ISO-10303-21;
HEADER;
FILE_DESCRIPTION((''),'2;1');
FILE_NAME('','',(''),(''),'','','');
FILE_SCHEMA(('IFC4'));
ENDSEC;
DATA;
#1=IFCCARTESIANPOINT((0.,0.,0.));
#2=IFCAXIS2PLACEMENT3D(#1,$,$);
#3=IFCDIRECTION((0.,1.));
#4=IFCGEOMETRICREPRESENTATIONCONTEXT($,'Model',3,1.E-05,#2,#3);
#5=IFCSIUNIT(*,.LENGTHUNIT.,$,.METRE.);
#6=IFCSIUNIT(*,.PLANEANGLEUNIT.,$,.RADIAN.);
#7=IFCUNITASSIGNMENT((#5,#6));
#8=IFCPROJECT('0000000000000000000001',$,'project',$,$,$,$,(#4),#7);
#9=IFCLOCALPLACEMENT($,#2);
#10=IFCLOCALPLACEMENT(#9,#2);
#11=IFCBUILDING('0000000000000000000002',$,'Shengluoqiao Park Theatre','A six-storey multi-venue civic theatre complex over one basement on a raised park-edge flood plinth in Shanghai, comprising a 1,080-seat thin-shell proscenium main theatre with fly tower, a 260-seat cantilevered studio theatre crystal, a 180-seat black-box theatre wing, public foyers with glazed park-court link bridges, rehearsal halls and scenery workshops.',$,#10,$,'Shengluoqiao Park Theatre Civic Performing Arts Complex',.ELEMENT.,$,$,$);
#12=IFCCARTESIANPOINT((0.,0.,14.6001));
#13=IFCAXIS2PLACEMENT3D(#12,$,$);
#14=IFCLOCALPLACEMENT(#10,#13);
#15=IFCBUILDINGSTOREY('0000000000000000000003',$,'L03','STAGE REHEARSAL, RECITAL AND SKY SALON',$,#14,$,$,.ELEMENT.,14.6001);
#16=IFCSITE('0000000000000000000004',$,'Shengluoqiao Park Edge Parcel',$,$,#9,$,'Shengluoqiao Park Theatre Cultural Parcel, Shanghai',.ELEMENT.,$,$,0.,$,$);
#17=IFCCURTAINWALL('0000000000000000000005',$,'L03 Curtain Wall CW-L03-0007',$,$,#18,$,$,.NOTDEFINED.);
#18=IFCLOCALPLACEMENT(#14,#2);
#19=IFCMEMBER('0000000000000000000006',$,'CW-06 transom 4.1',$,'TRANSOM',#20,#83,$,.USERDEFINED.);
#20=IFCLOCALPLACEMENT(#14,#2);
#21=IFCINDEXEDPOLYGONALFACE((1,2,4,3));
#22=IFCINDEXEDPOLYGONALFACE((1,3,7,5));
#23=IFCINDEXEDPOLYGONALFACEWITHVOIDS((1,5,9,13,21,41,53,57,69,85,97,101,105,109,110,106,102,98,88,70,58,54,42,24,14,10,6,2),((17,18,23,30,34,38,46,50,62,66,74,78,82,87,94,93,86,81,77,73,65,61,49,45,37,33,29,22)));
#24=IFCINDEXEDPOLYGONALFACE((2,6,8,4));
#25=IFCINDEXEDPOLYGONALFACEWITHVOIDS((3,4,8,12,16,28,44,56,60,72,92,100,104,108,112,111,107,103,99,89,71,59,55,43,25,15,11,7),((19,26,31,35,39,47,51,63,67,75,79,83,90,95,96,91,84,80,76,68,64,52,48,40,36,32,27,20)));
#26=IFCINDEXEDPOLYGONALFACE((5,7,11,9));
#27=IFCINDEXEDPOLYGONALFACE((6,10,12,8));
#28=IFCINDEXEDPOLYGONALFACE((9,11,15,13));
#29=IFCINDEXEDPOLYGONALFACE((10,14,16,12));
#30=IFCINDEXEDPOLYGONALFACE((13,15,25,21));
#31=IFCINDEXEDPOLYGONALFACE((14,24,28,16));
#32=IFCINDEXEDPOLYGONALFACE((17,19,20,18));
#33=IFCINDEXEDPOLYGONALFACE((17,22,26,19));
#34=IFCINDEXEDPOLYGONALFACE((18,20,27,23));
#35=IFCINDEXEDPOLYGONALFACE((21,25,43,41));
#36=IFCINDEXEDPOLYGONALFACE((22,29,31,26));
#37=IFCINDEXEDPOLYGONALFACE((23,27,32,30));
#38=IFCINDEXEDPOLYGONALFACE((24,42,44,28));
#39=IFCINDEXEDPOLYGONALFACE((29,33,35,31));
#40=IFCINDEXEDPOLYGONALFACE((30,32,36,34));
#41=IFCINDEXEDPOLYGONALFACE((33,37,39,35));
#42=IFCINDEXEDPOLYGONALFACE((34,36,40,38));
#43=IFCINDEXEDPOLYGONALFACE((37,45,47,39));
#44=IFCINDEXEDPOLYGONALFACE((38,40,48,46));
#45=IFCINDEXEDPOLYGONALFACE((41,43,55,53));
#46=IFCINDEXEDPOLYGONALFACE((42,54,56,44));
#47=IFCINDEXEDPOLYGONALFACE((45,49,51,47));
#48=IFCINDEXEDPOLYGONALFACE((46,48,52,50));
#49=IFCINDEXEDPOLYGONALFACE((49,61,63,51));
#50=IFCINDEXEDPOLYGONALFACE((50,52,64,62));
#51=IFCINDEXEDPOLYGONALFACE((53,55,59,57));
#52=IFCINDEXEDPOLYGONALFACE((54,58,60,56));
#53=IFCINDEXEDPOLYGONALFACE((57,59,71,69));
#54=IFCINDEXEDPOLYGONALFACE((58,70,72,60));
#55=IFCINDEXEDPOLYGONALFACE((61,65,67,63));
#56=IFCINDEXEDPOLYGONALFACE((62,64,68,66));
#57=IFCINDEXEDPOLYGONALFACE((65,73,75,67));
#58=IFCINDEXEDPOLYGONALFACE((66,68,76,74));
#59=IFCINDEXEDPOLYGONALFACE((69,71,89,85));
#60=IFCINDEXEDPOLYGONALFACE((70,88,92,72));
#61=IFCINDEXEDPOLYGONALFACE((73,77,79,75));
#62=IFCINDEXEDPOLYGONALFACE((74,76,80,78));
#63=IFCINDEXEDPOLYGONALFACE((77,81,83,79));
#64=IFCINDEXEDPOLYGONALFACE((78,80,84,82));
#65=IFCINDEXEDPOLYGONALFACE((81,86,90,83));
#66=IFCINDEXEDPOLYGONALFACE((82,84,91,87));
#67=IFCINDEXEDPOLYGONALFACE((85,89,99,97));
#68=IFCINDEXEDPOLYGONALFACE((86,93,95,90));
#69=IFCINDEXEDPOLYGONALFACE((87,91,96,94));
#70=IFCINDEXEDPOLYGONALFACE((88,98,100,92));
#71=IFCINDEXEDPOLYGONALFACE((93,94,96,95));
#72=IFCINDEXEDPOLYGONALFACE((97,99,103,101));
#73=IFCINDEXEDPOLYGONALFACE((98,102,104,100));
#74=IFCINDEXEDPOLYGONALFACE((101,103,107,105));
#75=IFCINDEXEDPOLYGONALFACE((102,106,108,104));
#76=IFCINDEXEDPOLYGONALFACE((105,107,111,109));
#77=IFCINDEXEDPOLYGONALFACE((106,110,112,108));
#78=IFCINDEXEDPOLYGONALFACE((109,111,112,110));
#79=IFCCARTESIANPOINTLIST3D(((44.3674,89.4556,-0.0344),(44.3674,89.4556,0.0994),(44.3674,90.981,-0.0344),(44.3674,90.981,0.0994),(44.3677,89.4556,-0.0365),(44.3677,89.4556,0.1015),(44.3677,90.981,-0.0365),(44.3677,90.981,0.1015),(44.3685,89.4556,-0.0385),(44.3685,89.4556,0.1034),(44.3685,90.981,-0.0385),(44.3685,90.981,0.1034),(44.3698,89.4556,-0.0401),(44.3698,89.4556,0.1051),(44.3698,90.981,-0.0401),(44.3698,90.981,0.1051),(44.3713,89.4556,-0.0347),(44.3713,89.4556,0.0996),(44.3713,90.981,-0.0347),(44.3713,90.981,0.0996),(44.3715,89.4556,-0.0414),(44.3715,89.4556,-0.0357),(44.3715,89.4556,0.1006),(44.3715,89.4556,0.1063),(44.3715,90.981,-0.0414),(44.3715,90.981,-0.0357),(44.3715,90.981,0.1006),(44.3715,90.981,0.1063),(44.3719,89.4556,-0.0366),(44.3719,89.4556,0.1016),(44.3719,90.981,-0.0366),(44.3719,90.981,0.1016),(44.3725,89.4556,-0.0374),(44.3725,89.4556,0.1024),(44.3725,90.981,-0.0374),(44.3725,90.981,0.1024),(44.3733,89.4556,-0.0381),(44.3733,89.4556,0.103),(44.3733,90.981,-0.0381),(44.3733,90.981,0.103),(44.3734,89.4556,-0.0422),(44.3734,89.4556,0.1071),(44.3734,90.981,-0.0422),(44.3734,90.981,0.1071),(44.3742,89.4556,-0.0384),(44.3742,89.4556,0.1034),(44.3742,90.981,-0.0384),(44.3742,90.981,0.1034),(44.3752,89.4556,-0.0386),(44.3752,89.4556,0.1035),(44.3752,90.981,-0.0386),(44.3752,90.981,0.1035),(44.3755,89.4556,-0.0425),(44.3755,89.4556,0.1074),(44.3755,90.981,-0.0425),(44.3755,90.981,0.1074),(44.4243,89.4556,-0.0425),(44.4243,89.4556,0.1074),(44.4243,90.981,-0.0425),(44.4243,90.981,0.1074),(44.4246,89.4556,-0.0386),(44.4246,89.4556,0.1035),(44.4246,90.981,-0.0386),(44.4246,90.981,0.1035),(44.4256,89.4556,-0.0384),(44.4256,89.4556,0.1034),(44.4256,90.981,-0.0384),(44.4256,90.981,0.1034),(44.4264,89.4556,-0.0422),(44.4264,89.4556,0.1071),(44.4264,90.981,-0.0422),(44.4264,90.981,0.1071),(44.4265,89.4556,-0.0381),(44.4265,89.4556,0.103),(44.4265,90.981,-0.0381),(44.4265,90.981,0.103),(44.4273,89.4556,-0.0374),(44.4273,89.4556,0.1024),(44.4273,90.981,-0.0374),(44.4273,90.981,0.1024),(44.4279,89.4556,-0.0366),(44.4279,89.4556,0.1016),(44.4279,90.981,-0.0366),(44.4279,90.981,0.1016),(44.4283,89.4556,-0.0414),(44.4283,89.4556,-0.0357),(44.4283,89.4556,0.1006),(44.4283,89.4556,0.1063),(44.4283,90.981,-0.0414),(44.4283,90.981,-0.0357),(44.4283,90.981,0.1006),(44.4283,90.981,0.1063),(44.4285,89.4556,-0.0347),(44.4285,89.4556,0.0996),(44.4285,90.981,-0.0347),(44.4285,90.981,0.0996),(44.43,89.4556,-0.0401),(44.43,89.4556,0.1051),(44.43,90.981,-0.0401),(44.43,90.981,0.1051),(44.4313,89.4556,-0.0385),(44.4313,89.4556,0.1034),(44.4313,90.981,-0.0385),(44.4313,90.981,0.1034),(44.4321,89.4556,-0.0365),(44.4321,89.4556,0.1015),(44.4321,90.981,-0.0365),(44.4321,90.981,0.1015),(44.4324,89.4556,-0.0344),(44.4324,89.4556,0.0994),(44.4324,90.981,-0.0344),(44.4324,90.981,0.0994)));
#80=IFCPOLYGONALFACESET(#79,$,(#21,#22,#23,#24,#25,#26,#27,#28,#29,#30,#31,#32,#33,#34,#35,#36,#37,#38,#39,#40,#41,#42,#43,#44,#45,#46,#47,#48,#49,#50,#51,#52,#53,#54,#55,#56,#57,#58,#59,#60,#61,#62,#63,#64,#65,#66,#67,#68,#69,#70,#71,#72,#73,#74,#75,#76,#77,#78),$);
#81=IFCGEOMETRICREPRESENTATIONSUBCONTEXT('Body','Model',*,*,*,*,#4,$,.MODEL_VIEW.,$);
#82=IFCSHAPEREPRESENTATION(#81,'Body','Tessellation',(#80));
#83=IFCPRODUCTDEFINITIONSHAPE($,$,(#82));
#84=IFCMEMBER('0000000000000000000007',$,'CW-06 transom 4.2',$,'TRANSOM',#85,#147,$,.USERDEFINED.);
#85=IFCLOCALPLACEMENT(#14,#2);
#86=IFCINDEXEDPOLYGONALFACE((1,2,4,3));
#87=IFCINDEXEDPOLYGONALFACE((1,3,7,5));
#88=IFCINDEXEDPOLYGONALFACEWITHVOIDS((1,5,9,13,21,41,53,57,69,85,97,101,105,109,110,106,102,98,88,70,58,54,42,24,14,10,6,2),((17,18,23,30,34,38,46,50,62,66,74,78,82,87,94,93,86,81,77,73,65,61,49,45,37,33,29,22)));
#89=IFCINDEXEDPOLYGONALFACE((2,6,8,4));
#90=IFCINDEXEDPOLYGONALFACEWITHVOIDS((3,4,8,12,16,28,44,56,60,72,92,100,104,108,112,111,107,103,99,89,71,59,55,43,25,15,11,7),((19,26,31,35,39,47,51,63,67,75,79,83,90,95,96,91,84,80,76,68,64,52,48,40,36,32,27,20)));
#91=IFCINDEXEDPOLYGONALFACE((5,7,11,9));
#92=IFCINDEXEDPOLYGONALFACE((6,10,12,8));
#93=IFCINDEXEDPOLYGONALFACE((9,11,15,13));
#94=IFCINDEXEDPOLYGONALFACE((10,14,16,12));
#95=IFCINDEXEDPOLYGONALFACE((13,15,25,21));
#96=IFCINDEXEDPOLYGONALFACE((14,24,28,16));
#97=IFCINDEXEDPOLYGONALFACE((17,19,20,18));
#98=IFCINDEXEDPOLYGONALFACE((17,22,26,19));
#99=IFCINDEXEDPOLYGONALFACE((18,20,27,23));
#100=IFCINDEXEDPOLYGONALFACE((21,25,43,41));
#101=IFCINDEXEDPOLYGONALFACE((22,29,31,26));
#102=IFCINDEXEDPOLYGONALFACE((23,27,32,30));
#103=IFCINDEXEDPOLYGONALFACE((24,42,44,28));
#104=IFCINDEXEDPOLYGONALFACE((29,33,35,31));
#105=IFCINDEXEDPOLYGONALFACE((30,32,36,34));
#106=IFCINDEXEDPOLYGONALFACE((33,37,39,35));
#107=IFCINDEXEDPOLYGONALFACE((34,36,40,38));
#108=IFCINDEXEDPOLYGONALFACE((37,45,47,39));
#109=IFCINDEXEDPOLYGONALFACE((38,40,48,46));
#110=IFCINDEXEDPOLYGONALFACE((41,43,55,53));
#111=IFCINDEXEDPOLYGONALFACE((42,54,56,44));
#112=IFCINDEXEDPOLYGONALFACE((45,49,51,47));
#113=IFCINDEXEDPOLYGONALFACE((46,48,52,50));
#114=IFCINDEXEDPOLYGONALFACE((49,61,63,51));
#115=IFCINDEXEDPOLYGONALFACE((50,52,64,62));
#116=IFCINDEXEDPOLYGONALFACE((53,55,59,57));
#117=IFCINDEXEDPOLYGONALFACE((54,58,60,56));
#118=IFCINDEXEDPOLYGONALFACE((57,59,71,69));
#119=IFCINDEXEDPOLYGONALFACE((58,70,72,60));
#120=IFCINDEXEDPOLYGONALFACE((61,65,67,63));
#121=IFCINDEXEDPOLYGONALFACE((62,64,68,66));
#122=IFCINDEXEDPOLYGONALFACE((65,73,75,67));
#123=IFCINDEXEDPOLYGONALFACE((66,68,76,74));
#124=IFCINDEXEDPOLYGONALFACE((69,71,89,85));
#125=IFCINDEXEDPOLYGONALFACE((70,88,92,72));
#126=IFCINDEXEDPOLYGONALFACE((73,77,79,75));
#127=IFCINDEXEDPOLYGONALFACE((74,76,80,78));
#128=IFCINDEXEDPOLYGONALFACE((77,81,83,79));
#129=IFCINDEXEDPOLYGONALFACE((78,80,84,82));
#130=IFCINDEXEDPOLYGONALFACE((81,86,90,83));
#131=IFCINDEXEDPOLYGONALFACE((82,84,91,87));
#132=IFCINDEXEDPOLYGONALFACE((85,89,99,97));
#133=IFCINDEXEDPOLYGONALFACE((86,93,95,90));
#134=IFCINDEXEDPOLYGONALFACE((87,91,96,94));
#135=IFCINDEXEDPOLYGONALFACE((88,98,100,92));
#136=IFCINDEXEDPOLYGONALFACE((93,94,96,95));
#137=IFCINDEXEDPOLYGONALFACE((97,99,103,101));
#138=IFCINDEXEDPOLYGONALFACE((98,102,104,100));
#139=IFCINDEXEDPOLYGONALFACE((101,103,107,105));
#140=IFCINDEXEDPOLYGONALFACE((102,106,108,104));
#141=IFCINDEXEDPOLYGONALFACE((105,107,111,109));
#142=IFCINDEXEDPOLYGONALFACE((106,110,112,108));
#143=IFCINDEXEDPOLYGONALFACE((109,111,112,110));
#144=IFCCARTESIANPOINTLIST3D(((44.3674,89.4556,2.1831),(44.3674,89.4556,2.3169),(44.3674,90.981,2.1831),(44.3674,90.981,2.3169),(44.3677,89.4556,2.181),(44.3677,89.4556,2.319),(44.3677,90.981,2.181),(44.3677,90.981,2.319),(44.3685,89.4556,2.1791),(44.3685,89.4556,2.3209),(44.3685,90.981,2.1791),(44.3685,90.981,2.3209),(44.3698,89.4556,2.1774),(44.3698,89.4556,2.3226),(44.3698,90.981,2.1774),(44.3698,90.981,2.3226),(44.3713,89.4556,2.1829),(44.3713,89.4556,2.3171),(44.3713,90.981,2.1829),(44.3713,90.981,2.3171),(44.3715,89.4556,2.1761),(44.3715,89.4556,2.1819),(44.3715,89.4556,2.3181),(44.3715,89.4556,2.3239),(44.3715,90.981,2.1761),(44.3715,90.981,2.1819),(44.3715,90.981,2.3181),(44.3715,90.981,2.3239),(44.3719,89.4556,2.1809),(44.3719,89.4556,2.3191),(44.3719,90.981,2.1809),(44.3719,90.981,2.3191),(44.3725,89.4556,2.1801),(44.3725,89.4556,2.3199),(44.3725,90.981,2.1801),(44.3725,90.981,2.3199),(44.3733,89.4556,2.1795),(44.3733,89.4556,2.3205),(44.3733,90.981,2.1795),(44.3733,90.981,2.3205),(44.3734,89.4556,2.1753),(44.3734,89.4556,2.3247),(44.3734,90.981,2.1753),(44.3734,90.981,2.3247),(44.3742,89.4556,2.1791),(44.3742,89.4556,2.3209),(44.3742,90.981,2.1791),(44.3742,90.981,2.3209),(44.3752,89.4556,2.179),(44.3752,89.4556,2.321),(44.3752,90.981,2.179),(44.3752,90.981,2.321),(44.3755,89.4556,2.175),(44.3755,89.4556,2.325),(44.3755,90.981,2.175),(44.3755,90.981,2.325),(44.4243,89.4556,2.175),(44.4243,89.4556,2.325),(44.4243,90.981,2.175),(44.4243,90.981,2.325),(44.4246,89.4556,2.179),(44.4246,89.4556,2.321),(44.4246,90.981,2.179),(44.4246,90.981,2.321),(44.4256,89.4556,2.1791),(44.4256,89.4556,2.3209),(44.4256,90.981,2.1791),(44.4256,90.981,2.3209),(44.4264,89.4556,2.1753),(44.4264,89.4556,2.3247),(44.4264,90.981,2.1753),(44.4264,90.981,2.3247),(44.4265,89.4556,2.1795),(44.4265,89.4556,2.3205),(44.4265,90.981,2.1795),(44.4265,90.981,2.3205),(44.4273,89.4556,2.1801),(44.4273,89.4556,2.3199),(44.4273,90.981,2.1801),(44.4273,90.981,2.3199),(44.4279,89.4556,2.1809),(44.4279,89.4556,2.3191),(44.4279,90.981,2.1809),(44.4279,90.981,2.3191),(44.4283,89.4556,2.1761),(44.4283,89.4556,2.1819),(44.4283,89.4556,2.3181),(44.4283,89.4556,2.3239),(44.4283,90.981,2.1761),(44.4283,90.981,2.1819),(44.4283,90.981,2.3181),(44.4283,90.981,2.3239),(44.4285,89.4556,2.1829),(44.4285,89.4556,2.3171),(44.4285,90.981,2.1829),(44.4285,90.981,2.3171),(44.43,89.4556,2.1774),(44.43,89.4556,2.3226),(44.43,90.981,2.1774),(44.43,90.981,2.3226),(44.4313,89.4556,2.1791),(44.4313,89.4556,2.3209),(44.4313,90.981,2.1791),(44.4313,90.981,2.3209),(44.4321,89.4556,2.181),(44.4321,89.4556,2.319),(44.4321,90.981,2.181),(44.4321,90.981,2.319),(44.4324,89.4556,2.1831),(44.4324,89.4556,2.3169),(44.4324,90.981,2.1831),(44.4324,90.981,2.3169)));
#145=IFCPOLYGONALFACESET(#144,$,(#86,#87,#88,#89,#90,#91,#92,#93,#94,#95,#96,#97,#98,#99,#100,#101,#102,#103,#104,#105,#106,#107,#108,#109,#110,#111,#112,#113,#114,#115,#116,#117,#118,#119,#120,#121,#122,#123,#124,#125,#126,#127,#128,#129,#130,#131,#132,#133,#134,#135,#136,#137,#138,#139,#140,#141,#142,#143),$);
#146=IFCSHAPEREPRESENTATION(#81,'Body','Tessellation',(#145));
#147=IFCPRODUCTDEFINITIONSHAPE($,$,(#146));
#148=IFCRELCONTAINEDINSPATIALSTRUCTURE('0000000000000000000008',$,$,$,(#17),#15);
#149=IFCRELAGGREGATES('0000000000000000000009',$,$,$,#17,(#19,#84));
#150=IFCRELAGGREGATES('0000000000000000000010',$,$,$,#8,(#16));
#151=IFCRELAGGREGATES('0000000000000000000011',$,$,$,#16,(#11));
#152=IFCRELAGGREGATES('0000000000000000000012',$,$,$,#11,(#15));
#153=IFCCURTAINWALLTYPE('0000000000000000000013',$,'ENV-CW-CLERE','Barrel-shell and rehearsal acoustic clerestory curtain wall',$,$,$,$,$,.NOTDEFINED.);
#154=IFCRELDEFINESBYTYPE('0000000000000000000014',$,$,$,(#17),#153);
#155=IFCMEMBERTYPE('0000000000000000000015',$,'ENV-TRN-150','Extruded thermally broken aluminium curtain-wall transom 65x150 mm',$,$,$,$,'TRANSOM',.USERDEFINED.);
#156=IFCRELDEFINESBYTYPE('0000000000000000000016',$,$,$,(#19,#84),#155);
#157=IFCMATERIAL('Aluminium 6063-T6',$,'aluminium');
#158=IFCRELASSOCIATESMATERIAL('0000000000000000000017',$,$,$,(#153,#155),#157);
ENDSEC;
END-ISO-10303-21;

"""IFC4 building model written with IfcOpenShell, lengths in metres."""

from ifc_helpers import new_model, si_unit, direction, frame, origin, origin_2d, place, context, subcontext, project, spatial, hollow_rectangle, extrude, material, material_profile, profile_set, type_object, element, aggregate, save


model = new_model("IFC4")

# Units and contexts
model_context = context("Model", 3, precision=1e-05, world=origin(), true_north=direction((0.0, 1.0)))
body_context = subcontext(model_context, "Body", "Model", "MODEL_VIEW")
ifc_project = project(units=[si_unit("LENGTHUNIT", "METRE"), si_unit("PLANEANGLEUNIT", "RADIAN")], contexts=[model_context])

# Site, building, storey
site_placement = place(None, origin())
site = spatial("IfcSite", under=ifc_project, at=site_placement, Name="Shengluoqiao Park Edge Parcel", LongName="Shengluoqiao Park Theatre Cultural Parcel, Shanghai", CompositionType="ELEMENT", RefElevation=0.0)
building_placement = place(site_placement, origin())
building = spatial("IfcBuilding", under=site, at=building_placement, Name="Shengluoqiao Park Theatre", Description="A six-storey multi-venue civic theatre complex over one basement on a raised park-edge flood plinth in Shanghai, comprising a 1,080-seat thin-shell proscenium main theatre with fly tower, a 260-seat cantilevered studio theatre crystal, a 180-seat black-box theatre wing, public foyers with glazed park-court link bridges, rehearsal halls and scenery workshops.", LongName="Shengluoqiao Park Theatre Civic Performing Arts Complex", CompositionType="ELEMENT")
storey_placement = place(building_placement, frame((0.0, 0.0, 14.6001)))
storey = spatial("IfcBuildingStorey", under=building, at=storey_placement, Name="L03", Description="STAGE REHEARSAL, RECITAL AND SKY SALON", CompositionType="ELEMENT", Elevation=14.6001)

# Curtain wall
ifc_material_1 = material(Name="Aluminium 6063-T6", Category="aluminium")
curtain_wall_type = type_object("IfcCurtainWallType", Name="ENV-CW-CLERE", Description="Barrel-shell and rehearsal acoustic clerestory curtain wall", PredefinedType="NOTDEFINED", material=ifc_material_1)
curtain_wall_1_placement = place(storey_placement, origin())
curtain_wall_1 = element("IfcCurtainWall", 1, at=curtain_wall_1_placement, inside=storey, type_object=curtain_wall_type, Name="L03 Curtain Wall CW-L03-0007", PredefinedType="NOTDEFINED")

# Members
ifc_material_profile_1 = material_profile(ifc_material_1, hollow_rectangle(XDim=0.0649, YDim=0.1499, WallThickness=0.0039, InnerFilletRadius=0.0039, OuterFilletRadius=0.0081, at=origin_2d()), Name="ALU TRANSOM 150x65x4")
ifc_profile_set_1 = profile_set([ifc_material_profile_1], Name="Aluminium 6063-T6")
member_type_1 = type_object("IfcMemberType", Name="ENV-TRN-150", Description="Extruded thermally broken aluminium curtain-wall transom 65x150 mm", ElementType="TRANSOM", PredefinedType="USERDEFINED", material=ifc_profile_set_1)
member_1_placement = place(storey_placement, frame((44.3999, 89.4556, 0.0325), z_axis=(0.0, 1.0, 0.0), x_axis=(-1.0, 0.0, 0.0)))
member_1 = element("IfcMember", 2, at=member_1_placement, type_object=member_type_1, Name="CW-06 transom 4.1", ObjectType="TRANSOM", PredefinedType="USERDEFINED", context=body_context, shape_type="SweptSolid", body=[
    extrude(hollow_rectangle(XDim=0.0649, YDim=0.1499, WallThickness=0.0039, InnerFilletRadius=0.0039, OuterFilletRadius=0.0081, at=origin_2d()), origin(), (0.0, 0.0, 1.0), 1.5254),
])
member_2_placement = place(storey_placement, frame((44.3999, 89.4556, 2.25), z_axis=(0.0, 1.0, 0.0), x_axis=(-1.0, 0.0, 0.0)))
member_2 = element("IfcMember", 3, at=member_2_placement, type_object=member_type_1, Name="CW-06 transom 4.2", ObjectType="TRANSOM", PredefinedType="USERDEFINED", context=body_context, shape_type="SweptSolid", body=[
    extrude(hollow_rectangle(XDim=0.0649, YDim=0.1499, WallThickness=0.0039, InnerFilletRadius=0.0039, OuterFilletRadius=0.0081, at=origin_2d()), origin(), (0.0, 0.0, 1.0), 1.5254),
])

aggregate(curtain_wall_1, [member_1, member_2])

save(model, "model.ifc")
